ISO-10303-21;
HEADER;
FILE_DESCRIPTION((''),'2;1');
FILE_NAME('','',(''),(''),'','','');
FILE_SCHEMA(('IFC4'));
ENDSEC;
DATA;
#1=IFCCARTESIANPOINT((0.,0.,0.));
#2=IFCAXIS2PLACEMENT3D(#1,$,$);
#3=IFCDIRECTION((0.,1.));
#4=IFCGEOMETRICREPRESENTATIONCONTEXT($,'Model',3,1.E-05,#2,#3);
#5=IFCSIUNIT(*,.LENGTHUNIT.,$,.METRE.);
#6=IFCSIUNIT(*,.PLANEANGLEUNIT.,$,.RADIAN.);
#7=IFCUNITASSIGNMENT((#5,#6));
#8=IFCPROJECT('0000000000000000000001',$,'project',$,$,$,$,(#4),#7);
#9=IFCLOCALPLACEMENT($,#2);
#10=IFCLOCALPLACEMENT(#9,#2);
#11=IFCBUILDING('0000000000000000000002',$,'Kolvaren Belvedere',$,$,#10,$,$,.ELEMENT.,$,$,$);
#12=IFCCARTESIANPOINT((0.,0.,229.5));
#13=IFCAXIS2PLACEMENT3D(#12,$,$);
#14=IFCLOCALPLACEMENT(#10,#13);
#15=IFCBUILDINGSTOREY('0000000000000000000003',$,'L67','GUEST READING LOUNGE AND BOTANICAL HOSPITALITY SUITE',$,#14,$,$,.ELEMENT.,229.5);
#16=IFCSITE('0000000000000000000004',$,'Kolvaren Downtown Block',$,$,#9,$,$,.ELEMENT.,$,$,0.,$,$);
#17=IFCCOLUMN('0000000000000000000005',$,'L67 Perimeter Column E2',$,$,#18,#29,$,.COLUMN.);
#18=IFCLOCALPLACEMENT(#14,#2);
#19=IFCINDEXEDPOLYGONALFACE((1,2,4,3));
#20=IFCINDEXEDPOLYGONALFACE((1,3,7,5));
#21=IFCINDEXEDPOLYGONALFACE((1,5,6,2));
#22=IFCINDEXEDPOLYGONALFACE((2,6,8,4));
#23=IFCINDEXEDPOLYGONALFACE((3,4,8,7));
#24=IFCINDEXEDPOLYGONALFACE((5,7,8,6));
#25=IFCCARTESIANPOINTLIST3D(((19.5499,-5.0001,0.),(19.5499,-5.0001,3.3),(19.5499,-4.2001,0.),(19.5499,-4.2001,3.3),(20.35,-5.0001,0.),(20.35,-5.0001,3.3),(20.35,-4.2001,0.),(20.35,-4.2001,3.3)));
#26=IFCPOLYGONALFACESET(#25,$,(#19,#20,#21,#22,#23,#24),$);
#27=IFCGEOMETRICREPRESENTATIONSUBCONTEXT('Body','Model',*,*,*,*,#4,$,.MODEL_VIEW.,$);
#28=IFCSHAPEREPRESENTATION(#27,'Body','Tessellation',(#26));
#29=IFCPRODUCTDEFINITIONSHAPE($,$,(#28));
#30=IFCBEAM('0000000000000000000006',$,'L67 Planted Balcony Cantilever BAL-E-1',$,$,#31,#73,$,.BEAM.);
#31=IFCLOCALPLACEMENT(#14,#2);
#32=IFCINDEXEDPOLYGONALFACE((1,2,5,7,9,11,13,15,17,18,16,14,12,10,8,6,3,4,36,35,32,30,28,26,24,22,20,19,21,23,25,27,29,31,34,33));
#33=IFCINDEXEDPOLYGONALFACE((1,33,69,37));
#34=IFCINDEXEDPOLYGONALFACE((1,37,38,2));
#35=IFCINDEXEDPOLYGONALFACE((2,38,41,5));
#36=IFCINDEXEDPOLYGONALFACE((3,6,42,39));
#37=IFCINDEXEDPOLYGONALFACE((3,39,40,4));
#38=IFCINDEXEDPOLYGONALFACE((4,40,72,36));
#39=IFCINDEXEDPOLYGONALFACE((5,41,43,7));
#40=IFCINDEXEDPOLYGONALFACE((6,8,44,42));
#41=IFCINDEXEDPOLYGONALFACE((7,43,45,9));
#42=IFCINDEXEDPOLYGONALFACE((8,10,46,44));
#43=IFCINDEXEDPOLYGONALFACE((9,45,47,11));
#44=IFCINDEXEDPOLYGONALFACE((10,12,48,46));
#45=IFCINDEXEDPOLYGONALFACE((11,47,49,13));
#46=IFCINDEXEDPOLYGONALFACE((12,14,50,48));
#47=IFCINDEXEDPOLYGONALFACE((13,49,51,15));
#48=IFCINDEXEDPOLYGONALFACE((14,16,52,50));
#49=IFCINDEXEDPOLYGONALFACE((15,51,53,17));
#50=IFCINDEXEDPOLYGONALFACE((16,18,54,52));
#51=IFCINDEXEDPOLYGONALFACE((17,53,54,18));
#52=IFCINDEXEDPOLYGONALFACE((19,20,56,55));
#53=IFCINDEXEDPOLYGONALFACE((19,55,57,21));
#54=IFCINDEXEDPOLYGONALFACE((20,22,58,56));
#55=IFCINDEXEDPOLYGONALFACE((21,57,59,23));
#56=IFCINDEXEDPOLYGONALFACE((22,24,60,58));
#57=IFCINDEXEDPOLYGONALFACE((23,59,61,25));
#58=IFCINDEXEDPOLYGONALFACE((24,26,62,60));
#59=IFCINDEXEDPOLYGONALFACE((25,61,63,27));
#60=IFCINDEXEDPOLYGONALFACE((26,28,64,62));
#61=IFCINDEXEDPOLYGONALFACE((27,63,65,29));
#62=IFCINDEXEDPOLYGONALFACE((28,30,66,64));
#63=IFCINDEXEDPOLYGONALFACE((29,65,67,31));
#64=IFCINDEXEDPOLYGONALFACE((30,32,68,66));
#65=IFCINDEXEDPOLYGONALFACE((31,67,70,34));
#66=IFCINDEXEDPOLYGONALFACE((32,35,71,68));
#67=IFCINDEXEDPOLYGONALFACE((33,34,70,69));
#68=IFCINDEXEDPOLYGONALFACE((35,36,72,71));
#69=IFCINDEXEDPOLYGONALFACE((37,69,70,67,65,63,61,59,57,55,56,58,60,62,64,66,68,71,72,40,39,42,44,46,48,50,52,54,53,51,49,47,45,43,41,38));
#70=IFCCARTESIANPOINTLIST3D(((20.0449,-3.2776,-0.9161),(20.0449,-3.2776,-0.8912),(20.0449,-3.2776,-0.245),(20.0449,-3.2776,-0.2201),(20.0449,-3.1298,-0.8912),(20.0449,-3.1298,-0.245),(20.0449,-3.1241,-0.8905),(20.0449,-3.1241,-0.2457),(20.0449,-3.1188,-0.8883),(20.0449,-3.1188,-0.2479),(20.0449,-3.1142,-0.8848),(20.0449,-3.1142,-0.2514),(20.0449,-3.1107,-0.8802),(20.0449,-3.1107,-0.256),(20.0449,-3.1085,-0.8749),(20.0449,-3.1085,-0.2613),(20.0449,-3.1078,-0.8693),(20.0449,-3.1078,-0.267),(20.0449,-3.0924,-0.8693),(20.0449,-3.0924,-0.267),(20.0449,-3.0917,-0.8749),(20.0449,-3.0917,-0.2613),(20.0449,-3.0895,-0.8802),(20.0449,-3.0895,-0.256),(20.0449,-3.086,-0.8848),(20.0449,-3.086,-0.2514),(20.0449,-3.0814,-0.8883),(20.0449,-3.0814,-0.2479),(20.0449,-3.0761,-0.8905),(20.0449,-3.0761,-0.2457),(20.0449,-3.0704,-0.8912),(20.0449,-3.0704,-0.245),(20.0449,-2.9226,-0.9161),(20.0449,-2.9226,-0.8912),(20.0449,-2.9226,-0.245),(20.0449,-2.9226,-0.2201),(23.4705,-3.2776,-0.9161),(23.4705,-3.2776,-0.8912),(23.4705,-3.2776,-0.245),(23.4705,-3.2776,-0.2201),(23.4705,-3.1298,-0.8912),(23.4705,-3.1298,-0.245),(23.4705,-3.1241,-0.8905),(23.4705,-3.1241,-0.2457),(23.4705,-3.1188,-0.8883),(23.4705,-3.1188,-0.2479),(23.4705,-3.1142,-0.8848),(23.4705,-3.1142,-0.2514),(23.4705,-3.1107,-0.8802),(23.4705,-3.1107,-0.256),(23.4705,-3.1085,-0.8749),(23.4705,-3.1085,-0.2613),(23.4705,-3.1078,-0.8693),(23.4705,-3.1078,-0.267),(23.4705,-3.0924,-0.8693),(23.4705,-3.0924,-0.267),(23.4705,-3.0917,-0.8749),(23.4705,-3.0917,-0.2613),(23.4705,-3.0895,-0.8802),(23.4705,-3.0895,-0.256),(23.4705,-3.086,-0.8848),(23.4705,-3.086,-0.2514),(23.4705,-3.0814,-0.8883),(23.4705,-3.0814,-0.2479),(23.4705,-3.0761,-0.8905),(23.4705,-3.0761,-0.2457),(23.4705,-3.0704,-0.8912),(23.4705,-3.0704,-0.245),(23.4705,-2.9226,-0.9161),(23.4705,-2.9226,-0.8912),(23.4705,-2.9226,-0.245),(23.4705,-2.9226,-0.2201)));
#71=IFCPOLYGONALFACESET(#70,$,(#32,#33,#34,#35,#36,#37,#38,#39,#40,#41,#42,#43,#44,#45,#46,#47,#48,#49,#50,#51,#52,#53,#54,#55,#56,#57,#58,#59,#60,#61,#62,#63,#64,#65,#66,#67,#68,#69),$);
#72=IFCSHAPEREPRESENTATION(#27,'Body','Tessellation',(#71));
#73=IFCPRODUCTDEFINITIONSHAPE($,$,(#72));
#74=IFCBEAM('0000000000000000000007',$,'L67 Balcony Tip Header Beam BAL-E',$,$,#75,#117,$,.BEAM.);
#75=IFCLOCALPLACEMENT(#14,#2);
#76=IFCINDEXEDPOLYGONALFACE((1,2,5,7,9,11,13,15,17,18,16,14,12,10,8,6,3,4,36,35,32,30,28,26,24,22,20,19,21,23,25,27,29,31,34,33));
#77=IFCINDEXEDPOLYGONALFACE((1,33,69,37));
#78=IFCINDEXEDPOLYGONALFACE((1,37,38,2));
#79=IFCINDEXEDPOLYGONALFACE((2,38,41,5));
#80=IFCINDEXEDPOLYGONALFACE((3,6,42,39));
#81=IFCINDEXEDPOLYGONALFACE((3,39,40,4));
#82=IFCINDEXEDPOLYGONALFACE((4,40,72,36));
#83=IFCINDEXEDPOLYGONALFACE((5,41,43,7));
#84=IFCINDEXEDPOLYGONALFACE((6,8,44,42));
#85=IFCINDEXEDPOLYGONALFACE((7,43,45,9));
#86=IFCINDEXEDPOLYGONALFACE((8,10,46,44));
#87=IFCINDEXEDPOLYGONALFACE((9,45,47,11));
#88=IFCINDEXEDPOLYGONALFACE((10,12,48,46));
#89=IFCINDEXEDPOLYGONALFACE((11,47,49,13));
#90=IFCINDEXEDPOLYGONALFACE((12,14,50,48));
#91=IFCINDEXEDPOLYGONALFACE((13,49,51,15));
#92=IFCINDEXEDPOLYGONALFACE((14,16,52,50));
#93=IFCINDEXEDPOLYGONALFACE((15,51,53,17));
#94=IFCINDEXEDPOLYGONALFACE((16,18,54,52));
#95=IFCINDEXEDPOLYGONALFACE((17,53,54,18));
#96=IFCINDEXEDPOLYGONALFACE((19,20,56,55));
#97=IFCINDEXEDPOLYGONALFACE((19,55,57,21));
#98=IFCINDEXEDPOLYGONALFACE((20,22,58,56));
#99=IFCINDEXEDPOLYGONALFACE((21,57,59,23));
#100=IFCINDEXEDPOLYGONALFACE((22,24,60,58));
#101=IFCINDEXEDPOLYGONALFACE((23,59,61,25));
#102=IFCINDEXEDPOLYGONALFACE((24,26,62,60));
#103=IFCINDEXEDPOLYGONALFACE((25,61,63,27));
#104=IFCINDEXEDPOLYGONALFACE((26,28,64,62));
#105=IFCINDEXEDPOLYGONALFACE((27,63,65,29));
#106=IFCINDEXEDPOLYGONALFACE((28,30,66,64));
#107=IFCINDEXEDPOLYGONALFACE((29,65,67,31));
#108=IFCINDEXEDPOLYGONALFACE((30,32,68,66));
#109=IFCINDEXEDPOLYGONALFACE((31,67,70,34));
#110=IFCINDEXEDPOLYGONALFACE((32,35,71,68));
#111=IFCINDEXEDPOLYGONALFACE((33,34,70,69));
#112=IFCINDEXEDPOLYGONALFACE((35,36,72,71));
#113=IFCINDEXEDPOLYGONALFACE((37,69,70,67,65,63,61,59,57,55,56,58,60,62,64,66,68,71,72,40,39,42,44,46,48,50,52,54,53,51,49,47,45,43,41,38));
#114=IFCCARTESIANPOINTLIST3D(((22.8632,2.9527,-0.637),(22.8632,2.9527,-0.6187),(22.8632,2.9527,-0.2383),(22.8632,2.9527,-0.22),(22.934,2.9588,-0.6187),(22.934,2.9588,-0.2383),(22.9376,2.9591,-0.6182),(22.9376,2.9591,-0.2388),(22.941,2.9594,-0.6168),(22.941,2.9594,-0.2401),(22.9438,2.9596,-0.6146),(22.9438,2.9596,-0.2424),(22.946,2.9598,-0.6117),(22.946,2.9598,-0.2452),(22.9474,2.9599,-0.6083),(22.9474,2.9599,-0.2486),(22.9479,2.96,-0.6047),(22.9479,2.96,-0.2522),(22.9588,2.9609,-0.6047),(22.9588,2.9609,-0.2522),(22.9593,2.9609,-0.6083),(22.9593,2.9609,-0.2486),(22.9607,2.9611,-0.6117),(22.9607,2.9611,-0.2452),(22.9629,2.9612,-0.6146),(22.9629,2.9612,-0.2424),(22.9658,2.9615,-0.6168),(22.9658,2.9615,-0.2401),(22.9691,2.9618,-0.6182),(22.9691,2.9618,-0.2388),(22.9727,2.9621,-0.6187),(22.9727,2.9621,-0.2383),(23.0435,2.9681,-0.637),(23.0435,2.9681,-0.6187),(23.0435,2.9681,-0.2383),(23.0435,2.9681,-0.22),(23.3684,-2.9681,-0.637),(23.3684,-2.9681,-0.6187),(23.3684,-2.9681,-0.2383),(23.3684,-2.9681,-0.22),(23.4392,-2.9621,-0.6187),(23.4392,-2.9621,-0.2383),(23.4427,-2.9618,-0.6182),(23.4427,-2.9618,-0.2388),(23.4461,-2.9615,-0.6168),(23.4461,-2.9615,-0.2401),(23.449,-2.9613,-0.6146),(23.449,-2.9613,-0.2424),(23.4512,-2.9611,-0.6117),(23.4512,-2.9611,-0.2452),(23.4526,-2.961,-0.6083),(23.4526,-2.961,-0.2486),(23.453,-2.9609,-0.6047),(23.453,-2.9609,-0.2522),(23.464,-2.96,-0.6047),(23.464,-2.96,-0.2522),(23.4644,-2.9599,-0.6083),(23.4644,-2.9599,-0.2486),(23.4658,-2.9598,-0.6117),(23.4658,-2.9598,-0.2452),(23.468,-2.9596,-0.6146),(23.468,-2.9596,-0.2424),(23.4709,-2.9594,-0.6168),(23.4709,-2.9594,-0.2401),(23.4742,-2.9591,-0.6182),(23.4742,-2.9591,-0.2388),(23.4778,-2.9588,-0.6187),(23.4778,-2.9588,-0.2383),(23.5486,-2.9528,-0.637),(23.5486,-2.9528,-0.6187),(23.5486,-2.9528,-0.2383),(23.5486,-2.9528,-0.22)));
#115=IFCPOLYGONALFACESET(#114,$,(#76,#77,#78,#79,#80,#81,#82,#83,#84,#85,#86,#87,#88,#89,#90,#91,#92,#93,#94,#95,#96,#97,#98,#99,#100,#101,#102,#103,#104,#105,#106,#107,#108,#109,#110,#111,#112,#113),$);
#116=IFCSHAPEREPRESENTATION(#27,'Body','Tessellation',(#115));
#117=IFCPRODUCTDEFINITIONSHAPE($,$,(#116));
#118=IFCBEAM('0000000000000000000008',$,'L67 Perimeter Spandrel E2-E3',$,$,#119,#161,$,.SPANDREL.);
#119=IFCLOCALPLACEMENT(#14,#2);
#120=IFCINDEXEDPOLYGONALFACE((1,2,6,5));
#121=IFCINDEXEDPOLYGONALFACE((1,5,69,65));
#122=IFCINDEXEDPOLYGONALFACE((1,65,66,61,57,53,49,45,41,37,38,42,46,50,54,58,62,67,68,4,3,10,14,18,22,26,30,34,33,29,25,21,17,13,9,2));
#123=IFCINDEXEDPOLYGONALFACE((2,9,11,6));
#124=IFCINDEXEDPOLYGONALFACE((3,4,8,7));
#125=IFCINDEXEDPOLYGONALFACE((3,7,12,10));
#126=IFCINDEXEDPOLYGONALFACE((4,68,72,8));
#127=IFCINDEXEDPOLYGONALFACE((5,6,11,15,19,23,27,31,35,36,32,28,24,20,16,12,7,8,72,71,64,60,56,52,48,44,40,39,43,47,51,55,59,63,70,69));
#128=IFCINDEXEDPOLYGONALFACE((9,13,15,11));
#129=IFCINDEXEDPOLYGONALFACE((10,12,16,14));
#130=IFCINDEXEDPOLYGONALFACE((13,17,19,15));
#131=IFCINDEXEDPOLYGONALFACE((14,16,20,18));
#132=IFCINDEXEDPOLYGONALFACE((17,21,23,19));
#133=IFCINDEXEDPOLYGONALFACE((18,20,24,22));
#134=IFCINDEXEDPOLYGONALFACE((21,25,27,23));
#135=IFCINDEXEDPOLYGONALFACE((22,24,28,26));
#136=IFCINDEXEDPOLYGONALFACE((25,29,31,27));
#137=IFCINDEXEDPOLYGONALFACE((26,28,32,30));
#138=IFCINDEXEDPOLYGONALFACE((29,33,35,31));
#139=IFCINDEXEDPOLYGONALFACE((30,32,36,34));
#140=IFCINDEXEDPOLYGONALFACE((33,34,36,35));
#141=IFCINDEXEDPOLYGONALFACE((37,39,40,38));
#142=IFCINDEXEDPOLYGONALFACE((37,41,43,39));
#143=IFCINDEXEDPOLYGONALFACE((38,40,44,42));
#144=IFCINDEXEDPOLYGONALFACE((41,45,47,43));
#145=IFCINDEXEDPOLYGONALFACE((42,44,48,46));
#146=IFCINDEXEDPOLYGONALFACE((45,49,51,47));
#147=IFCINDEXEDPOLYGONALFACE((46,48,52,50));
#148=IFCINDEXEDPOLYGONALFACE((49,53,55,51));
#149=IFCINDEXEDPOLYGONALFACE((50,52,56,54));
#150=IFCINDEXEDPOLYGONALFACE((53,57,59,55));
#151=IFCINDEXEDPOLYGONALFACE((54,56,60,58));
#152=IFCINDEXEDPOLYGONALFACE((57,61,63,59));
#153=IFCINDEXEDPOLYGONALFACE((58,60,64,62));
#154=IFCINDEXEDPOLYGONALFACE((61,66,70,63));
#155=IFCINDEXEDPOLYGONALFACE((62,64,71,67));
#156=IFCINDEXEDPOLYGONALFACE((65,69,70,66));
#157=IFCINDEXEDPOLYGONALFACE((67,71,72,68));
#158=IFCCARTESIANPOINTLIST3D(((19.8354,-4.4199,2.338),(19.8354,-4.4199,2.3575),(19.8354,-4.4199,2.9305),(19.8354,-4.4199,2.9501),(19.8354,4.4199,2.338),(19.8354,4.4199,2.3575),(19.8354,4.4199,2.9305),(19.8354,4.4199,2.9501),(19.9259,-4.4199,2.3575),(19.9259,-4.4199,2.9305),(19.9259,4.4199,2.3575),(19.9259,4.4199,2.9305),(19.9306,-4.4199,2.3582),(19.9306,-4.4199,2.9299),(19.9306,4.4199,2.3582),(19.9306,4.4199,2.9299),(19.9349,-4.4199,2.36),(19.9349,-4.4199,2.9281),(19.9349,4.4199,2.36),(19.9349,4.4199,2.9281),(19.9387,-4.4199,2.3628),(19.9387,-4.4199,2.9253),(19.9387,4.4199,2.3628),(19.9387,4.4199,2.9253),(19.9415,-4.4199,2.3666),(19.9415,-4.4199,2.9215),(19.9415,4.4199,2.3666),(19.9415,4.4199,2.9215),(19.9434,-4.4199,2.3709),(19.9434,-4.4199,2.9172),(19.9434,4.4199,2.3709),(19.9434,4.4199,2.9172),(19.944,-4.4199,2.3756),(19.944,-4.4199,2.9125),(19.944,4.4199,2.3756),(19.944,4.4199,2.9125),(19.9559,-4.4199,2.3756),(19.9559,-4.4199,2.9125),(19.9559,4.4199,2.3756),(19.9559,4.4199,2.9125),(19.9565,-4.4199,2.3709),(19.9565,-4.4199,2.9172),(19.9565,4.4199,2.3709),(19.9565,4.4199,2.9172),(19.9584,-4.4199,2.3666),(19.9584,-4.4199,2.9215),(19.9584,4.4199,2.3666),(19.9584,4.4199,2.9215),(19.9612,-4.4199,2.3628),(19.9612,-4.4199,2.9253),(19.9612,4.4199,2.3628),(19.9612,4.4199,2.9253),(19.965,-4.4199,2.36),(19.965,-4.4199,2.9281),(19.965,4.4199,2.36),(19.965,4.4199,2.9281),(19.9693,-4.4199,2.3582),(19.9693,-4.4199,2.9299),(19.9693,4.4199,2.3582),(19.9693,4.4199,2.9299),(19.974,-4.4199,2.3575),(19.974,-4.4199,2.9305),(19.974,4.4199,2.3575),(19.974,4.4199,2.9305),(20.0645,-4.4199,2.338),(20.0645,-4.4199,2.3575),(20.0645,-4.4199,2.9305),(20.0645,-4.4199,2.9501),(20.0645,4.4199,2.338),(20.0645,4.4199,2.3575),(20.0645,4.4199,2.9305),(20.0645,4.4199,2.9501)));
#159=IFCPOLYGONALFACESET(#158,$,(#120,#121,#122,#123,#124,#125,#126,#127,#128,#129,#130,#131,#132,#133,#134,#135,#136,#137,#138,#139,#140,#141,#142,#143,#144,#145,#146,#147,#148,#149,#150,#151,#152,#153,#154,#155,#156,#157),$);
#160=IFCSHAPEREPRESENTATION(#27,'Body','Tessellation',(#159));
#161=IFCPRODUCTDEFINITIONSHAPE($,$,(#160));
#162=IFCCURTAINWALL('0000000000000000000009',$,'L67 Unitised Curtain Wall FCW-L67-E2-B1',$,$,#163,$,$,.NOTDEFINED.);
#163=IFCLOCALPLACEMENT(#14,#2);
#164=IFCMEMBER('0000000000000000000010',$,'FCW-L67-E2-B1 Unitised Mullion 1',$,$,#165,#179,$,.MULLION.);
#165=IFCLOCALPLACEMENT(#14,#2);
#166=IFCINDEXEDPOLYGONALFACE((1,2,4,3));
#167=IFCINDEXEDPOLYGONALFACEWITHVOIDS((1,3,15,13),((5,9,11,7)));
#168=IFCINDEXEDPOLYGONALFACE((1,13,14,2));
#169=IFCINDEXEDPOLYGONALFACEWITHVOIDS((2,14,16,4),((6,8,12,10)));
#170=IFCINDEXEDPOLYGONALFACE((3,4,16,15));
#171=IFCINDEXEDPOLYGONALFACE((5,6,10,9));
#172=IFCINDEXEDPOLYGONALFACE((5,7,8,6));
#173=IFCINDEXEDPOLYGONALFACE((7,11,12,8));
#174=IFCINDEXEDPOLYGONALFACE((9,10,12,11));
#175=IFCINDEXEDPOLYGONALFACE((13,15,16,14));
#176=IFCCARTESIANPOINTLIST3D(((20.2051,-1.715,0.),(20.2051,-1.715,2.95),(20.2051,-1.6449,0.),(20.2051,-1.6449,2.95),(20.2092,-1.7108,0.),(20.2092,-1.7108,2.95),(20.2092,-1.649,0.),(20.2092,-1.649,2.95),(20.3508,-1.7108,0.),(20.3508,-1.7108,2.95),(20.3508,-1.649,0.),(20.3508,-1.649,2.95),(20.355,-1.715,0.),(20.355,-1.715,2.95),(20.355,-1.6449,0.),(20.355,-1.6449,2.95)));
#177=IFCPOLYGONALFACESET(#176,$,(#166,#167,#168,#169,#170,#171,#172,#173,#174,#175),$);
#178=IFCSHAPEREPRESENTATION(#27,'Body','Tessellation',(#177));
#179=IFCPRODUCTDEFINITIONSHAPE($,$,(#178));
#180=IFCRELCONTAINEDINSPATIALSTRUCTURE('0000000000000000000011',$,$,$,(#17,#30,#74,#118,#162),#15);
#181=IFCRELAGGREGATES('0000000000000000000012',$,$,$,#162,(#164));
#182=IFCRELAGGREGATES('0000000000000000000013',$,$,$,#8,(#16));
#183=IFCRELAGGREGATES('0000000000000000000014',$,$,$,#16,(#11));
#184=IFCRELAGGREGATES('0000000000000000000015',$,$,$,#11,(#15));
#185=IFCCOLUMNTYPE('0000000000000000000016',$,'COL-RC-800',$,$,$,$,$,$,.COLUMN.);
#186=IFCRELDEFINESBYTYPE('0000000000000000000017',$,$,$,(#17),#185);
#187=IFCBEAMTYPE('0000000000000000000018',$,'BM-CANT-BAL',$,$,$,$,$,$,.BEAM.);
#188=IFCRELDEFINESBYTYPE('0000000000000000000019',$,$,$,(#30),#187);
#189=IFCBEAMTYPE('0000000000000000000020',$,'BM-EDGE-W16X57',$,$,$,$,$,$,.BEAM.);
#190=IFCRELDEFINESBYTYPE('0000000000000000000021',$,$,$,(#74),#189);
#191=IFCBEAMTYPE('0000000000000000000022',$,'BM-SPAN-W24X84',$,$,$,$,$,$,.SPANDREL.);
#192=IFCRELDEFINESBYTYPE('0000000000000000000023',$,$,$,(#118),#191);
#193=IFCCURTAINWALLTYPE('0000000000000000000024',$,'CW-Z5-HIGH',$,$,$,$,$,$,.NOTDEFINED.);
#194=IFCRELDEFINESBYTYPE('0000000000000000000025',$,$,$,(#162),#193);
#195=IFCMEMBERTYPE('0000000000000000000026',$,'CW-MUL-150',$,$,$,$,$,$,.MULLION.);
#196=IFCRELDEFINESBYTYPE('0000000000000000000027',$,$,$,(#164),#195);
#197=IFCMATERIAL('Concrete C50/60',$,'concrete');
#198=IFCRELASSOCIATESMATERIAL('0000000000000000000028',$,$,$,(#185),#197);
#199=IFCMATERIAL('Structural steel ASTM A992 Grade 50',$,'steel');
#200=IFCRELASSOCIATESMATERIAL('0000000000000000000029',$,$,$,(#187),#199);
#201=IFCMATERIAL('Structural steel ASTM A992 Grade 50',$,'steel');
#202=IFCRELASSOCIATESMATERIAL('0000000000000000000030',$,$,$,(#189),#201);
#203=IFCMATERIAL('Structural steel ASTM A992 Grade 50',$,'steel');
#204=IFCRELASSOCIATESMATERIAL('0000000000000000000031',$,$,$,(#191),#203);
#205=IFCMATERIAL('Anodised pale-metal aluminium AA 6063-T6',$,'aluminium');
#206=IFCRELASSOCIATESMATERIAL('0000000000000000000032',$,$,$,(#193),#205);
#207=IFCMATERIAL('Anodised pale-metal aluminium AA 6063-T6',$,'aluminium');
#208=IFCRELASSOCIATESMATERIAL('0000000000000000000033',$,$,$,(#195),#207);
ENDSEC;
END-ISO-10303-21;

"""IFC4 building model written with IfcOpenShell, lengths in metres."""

from ifc_helpers import new_model, si_unit, direction, frame, origin, origin_2d, place, context, subcontext, project, spatial, rectangle, hollow_rectangle, i_section, extrude, material, material_profile, profile_set, type_object, element, aggregate, save


model = new_model("IFC4")

# Units and contexts
model_context = context("Model", 3, precision=1e-05, world=origin(), true_north=direction((0.0, 1.0)))
body_context = subcontext(model_context, "Body", "Model", "MODEL_VIEW")
ifc_project = project(units=[si_unit("LENGTHUNIT", "METRE"), si_unit("PLANEANGLEUNIT", "RADIAN")], contexts=[model_context])

# Site, building, storey
site_placement = place(None, origin())
site = spatial("IfcSite", under=ifc_project, at=site_placement, Name="Kolvaren Downtown Block", CompositionType="ELEMENT", RefElevation=0.0)
building_placement = place(site_placement, origin())
building = spatial("IfcBuilding", under=site, at=building_placement, Name="Kolvaren Belvedere", CompositionType="ELEMENT")
storey_placement = place(building_placement, frame((0.0, 0.0, 229.5)))
storey = spatial("IfcBuildingStorey", under=building, at=storey_placement, Name="L67", Description="GUEST READING LOUNGE AND BOTANICAL HOSPITALITY SUITE", CompositionType="ELEMENT", Elevation=229.5)

# Column
ifc_material_1 = material(Name="Concrete C50/60", Category="concrete")
ifc_material_profile_1 = material_profile(ifc_material_1, rectangle(XDim=0.8, YDim=0.8, at=origin_2d()), Name="RC 800X800")
ifc_profile_set_1 = profile_set([ifc_material_profile_1], Name="Concrete C50/60")
column_type = type_object("IfcColumnType", Name="COL-RC-800", PredefinedType="COLUMN", material=ifc_profile_set_1)
column_placement = place(storey_placement, frame((19.95, -4.6001, 0.0), z_axis=(0.0, 0.0, 1.0), x_axis=(1.0, 0.0, 0.0)))
element("IfcColumn", 1, at=column_placement, inside=storey, type_object=column_type, Name="L67 Perimeter Column E2", PredefinedType="COLUMN", context=body_context, shape_type="SweptSolid", body=[
    extrude(rectangle(XDim=0.8, YDim=0.8, at=origin_2d()), origin(), (0.0, 0.0, 1.0), 3.3),
])

# Beams
ifc_material_2 = material(Name="Structural steel ASTM A992 Grade 50", Category="steel")
ifc_material_profile_2 = material_profile(ifc_material_2, i_section(OverallWidth=0.355, OverallDepth=0.696, WebThickness=0.0154, FlangeThickness=0.0249, FilletRadius=0.022, at=origin_2d()), Name="W27X146")
ifc_profile_set_2 = profile_set([ifc_material_profile_2], Name="Structural steel ASTM A992 Grade 50")
beam_type_1 = type_object("IfcBeamType", Name="BM-CANT-BAL", PredefinedType="BEAM", material=ifc_profile_set_2)
beam_1_placement = place(storey_placement, frame((20.0449, -3.1001, -0.5681), z_axis=(1.0, 0.0, 0.0), x_axis=(0.0, 1.0, 0.0)))
element("IfcBeam", 2, at=beam_1_placement, inside=storey, type_object=beam_type_1, Name="L67 Planted Balcony Cantilever BAL-E-1", PredefinedType="BEAM", context=body_context, shape_type="SweptSolid", body=[
    extrude(i_section(OverallWidth=0.355, OverallDepth=0.696, WebThickness=0.0154, FlangeThickness=0.0249, FilletRadius=0.022, at=origin_2d()), origin(), (0.0, 0.0, 1.0), 3.4255),
])
ifc_material_3 = material(Name="Structural steel ASTM A992 Grade 50", Category="steel")
ifc_material_profile_3 = material_profile(ifc_material_3, i_section(OverallWidth=0.1809, OverallDepth=0.417, WebThickness=0.011, FlangeThickness=0.0183, FilletRadius=0.0139, at=origin_2d()), Name="W16X57")
ifc_profile_set_3 = profile_set([ifc_material_profile_3], Name="Structural steel ASTM A992 Grade 50")
beam_type_2 = type_object("IfcBeamType", Name="BM-EDGE-W16X57", PredefinedType="BEAM", material=ifc_profile_set_3)
beam_2_placement = place(storey_placement, frame((23.4585, -2.9604, -0.4285), z_axis=(-0.085004, 0.996381, 0.0), x_axis=(-0.996381, -0.085004, 0.0)))
element("IfcBeam", 3, at=beam_2_placement, inside=storey, type_object=beam_type_2, Name="L67 Balcony Tip Header Beam BAL-E", PredefinedType="BEAM", context=body_context, shape_type="SweptSolid", body=[
    extrude(i_section(OverallWidth=0.1809, OverallDepth=0.417, WebThickness=0.011, FlangeThickness=0.0183, FilletRadius=0.0139, at=origin_2d()), origin(), (0.0, 0.0, 1.0), 5.9424),
])
ifc_material_4 = material(Name="Structural steel ASTM A992 Grade 50", Category="steel")
ifc_material_profile_4 = material_profile(ifc_material_4, i_section(OverallWidth=0.229, OverallDepth=0.6121, WebThickness=0.012, FlangeThickness=0.0195, FilletRadius=0.0181, at=origin_2d()), Name="W24X84")
ifc_profile_set_4 = profile_set([ifc_material_profile_4], Name="Structural steel ASTM A992 Grade 50")
beam_type_3 = type_object("IfcBeamType", Name="BM-SPAN-W24X84", PredefinedType="SPANDREL", material=ifc_profile_set_4)
beam_3_placement = place(storey_placement, frame((19.95, -4.4199, 2.644), z_axis=(0.0, 1.0, 0.0), x_axis=(-1.0, 0.0, 0.0)))
element("IfcBeam", 4, at=beam_3_placement, inside=storey, type_object=beam_type_3, Name="L67 Perimeter Spandrel E2-E3", PredefinedType="SPANDREL", context=body_context, shape_type="SweptSolid", body=[
    extrude(i_section(OverallWidth=0.229, OverallDepth=0.6121, WebThickness=0.012, FlangeThickness=0.0195, FilletRadius=0.0181, at=origin_2d()), origin(), (0.0, 0.0, 1.0), 8.8398),
])

# Curtain wall, member
ifc_material_5 = material(Name="Anodised pale-metal aluminium AA 6063-T6", Category="aluminium")
curtain_wall_type = type_object("IfcCurtainWallType", Name="CW-Z5-HIGH", PredefinedType="NOTDEFINED", material=ifc_material_5)
curtain_wall_1_placement = place(storey_placement, origin())
curtain_wall_1 = element("IfcCurtainWall", 5, at=curtain_wall_1_placement, inside=storey, type_object=curtain_wall_type, Name="L67 Unitised Curtain Wall FCW-L67-E2-B1", PredefinedType="NOTDEFINED")
ifc_material_6 = material(Name="Anodised pale-metal aluminium AA 6063-T6", Category="aluminium")
ifc_material_profile_5 = material_profile(ifc_material_6, hollow_rectangle(XDim=0.0701, YDim=0.1499, WallThickness=0.0042, at=origin_2d()), Name="ALU-MUL-150X70")
ifc_profile_set_5 = profile_set([ifc_material_profile_5], Name="Anodised pale-metal aluminium AA 6063-T6")
member_type_1 = type_object("IfcMemberType", Name="CW-MUL-150", PredefinedType="MULLION", material=ifc_profile_set_5)
member_1_placement = place(storey_placement, frame((20.28, -1.6799, 0.0), z_axis=(0.0, 0.0, 1.0), x_axis=(0.0, 1.0, 0.0)))
member_1 = element("IfcMember", 6, at=member_1_placement, type_object=member_type_1, Name="FCW-L67-E2-B1 Unitised Mullion 1", PredefinedType="MULLION", context=body_context, shape_type="SweptSolid", body=[
    extrude(hollow_rectangle(XDim=0.0701, YDim=0.1499, WallThickness=0.0042, at=origin_2d()), origin(), (0.0, 0.0, 1.0), 2.95),
])

aggregate(curtain_wall_1, [member_1])

save(model, "model.ifc")
